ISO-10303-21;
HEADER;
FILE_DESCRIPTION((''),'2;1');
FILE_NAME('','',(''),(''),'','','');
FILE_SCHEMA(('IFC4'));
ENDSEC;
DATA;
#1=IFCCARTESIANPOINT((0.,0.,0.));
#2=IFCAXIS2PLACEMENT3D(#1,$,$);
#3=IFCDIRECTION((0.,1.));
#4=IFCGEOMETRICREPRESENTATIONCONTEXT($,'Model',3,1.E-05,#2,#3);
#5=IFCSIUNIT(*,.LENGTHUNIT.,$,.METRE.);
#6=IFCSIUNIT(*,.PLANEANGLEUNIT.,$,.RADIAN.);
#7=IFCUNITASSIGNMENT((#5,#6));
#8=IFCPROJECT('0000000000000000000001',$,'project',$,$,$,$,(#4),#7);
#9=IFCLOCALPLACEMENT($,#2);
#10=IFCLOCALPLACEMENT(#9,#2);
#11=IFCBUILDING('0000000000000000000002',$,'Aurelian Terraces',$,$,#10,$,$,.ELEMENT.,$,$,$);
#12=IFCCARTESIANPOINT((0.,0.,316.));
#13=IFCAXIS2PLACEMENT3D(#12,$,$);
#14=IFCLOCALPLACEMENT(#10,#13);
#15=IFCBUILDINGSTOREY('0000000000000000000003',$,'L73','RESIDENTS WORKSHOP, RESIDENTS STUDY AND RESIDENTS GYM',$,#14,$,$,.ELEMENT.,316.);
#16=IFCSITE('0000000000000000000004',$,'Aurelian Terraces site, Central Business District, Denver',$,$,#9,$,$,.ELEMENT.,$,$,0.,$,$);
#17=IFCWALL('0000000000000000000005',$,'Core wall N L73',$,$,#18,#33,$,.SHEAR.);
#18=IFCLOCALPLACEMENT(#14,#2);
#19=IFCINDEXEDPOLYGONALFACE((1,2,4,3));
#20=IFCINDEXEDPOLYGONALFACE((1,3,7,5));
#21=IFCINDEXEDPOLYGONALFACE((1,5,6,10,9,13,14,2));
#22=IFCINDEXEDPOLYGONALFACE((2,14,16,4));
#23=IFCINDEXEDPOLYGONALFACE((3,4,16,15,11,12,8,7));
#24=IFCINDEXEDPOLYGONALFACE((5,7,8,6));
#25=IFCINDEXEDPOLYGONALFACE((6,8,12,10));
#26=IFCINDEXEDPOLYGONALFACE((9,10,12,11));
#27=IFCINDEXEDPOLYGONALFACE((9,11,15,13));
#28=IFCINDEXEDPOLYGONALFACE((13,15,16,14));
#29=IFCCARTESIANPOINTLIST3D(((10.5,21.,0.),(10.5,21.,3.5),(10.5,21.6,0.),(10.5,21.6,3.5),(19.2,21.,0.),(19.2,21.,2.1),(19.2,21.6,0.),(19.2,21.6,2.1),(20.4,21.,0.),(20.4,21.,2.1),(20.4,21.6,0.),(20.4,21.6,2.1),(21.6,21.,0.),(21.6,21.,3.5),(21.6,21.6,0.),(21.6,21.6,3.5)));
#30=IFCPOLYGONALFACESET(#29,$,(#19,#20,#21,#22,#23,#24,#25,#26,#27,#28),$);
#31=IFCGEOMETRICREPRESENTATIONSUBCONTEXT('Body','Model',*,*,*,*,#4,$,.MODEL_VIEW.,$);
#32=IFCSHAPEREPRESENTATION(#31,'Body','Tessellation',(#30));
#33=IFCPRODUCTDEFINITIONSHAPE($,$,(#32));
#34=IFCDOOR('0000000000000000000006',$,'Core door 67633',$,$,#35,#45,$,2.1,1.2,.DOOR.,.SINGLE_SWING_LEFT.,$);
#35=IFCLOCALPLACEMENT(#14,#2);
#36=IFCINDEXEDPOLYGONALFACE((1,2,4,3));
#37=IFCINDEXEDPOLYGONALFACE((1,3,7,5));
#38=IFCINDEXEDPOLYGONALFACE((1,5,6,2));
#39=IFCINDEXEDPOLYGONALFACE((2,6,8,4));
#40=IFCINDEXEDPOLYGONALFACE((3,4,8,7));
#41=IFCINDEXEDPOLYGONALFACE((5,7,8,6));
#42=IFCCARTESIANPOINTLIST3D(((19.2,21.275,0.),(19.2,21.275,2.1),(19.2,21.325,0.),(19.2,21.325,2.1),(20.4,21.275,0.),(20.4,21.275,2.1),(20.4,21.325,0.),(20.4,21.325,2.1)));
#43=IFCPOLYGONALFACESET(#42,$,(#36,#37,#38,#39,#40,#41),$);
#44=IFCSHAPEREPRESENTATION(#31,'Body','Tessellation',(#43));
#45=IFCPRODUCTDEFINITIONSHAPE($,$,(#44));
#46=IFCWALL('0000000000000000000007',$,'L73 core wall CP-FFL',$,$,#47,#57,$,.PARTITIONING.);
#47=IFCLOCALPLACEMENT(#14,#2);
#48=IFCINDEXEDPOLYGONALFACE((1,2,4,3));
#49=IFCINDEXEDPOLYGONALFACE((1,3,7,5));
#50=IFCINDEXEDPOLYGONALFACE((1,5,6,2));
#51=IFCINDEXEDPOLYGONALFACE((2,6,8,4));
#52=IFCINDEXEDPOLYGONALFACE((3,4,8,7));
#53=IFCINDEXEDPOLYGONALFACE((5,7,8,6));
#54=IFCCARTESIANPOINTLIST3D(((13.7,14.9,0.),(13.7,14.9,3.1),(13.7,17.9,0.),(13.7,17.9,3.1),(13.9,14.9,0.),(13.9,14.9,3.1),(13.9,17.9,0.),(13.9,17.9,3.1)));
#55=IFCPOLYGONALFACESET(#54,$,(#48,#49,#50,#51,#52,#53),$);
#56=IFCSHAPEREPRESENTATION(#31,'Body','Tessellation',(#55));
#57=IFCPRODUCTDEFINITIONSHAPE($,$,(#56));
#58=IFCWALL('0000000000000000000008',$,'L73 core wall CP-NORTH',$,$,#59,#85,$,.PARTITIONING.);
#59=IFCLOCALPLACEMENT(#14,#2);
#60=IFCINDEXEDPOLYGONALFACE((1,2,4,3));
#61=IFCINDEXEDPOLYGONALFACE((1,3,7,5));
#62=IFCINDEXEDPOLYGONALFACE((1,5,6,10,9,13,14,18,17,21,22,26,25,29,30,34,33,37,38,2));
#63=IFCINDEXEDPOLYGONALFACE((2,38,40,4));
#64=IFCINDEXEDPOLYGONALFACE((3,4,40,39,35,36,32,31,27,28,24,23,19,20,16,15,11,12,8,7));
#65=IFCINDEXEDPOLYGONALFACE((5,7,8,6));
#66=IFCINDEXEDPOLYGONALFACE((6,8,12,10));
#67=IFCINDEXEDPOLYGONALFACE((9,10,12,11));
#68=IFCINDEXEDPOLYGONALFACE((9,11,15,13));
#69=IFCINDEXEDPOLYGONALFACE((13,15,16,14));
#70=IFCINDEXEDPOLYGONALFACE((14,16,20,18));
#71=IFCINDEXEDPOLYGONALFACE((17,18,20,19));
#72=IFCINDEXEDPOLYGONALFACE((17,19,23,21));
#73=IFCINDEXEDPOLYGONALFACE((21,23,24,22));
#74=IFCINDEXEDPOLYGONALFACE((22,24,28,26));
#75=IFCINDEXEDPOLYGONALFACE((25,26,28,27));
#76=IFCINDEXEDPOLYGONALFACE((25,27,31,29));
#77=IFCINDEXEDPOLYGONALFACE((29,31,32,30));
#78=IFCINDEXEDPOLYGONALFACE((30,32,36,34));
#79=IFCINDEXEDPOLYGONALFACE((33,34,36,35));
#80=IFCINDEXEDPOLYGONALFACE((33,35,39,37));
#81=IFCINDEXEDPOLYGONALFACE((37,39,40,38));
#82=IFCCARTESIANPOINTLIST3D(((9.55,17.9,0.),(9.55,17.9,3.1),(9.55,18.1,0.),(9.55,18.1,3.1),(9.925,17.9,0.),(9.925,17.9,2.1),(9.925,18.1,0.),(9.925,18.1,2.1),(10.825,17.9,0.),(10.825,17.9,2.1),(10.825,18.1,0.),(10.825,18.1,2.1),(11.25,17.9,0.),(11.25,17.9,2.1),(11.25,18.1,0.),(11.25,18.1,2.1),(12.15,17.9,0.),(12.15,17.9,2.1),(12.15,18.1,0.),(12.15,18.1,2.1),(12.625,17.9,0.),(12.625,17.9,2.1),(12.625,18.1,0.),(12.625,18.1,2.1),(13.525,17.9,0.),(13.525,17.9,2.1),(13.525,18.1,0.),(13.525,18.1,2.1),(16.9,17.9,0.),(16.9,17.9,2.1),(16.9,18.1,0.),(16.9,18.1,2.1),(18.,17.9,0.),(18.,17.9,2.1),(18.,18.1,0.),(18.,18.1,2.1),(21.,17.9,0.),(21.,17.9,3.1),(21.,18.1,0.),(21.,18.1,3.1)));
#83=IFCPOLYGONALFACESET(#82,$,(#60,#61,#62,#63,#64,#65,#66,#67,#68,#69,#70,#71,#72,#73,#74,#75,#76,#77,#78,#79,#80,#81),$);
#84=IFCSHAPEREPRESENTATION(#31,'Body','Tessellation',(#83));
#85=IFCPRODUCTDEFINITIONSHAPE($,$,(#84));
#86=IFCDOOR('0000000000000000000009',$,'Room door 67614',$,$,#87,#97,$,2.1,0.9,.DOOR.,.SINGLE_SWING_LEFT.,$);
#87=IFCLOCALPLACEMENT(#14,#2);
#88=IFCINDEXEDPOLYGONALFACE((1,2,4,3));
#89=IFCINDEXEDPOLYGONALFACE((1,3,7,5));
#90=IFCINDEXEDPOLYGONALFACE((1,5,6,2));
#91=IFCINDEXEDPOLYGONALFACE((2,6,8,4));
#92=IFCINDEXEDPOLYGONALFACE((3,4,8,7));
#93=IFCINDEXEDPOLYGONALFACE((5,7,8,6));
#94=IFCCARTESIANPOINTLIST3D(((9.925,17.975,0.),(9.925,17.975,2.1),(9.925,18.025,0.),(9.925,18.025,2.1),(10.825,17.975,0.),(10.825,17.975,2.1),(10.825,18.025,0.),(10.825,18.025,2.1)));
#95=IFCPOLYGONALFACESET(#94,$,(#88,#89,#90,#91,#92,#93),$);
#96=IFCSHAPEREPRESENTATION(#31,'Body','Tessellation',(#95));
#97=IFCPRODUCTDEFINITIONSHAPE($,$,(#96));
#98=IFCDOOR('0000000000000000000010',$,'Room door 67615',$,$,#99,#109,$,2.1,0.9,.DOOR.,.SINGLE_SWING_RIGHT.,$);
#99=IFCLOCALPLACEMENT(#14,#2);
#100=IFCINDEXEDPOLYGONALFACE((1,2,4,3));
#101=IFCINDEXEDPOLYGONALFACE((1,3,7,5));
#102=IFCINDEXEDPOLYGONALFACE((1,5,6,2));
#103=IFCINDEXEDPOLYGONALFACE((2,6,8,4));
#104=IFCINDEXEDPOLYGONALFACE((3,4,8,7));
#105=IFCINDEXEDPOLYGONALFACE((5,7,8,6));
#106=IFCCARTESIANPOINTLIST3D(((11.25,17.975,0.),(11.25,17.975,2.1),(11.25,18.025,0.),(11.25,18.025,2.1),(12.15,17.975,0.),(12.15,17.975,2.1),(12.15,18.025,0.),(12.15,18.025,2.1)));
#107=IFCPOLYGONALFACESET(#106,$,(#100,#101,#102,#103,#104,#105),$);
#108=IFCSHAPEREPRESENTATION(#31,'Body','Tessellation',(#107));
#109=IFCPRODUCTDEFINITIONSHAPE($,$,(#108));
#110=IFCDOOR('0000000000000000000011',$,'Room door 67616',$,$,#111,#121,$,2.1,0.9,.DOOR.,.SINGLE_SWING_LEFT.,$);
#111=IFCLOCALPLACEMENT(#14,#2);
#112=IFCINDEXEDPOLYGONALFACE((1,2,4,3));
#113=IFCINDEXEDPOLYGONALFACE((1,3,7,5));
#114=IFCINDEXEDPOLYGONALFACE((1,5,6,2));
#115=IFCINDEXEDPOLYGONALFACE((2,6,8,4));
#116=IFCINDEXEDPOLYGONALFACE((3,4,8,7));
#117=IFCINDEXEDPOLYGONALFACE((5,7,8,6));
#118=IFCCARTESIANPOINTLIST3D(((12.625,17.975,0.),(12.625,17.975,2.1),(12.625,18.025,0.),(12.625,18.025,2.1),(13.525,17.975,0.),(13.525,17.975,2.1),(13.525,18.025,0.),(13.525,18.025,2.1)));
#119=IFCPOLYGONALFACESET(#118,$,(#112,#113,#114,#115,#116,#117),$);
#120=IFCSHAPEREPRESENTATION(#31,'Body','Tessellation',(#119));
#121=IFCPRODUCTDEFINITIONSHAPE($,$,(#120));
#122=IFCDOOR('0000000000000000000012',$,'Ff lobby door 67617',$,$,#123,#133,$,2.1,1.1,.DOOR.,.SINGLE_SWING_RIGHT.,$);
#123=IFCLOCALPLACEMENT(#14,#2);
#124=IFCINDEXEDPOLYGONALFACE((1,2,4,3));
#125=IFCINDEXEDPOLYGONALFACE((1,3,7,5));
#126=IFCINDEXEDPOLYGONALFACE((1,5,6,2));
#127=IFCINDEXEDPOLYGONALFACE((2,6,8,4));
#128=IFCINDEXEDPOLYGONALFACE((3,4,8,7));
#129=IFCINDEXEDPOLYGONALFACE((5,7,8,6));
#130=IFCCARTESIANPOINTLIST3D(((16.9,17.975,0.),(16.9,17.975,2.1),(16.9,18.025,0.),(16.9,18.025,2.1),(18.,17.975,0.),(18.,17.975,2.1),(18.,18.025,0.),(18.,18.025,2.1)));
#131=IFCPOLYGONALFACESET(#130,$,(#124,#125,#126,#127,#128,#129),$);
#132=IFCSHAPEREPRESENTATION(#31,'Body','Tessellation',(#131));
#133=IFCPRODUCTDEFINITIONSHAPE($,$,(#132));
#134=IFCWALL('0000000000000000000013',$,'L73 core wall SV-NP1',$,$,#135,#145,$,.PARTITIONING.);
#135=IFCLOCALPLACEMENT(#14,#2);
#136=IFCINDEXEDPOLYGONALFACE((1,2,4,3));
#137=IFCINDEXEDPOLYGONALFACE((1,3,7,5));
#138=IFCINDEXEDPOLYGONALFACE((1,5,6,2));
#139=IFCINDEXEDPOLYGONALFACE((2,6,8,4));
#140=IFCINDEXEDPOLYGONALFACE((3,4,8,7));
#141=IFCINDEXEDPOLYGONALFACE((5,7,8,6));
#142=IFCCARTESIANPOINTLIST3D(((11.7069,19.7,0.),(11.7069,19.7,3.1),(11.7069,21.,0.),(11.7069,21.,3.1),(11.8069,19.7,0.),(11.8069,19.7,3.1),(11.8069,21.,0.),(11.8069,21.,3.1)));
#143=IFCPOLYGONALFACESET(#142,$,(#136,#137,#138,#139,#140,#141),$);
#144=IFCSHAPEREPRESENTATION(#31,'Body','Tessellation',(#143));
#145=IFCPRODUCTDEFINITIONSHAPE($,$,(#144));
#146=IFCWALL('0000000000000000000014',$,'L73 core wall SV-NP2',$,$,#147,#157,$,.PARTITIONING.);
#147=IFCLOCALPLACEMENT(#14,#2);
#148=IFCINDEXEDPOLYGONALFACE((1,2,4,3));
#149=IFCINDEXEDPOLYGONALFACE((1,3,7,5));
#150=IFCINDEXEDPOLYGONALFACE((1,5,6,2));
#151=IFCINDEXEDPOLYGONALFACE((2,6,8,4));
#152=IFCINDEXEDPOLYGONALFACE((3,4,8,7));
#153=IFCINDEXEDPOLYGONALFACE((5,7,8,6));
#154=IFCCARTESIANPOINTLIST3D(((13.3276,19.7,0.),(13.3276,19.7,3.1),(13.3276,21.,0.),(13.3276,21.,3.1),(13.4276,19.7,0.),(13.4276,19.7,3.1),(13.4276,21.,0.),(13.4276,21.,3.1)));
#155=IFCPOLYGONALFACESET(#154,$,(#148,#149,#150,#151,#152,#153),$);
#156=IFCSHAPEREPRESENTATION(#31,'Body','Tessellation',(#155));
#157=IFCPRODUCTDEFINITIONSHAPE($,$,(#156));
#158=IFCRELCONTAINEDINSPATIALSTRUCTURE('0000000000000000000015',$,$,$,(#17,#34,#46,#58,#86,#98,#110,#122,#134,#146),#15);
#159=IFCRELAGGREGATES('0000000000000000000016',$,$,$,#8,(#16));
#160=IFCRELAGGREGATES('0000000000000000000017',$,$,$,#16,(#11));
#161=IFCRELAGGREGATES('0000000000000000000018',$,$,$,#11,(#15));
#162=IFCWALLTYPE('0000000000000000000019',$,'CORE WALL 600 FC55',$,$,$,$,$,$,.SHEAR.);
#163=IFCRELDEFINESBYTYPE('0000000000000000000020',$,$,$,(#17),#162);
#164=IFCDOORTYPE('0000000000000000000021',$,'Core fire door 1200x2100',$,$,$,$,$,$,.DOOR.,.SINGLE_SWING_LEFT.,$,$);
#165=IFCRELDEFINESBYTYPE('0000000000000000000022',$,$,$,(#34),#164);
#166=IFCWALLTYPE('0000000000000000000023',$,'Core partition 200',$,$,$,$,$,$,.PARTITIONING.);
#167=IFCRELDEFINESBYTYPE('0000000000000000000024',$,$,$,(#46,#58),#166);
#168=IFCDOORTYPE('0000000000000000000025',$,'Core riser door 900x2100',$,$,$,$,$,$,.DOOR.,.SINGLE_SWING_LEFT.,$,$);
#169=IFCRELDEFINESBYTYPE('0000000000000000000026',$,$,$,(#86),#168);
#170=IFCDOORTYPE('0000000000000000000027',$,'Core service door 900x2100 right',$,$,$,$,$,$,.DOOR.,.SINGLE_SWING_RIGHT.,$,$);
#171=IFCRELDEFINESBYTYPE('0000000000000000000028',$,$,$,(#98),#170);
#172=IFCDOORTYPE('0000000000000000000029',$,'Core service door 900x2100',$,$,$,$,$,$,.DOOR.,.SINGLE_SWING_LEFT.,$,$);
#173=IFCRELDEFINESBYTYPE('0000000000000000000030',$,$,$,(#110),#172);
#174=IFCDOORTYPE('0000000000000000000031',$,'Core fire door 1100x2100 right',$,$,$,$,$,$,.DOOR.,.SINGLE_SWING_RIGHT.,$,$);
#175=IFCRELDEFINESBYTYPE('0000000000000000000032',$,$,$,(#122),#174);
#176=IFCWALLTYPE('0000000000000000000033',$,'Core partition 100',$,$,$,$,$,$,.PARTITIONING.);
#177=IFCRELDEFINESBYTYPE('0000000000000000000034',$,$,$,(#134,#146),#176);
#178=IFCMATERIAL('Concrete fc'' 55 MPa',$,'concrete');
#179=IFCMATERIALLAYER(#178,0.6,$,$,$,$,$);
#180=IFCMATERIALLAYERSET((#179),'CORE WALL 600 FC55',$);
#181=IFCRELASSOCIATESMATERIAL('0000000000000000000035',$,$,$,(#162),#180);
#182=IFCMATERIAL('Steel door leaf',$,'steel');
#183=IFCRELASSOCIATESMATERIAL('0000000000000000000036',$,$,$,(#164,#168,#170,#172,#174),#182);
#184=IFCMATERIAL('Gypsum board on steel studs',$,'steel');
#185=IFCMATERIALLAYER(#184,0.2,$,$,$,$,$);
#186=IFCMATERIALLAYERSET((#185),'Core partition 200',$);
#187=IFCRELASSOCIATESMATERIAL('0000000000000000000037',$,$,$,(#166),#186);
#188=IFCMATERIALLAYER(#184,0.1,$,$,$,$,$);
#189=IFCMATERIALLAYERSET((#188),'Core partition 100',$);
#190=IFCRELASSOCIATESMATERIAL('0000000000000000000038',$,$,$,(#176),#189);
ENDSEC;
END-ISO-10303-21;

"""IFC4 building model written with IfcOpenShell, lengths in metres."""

from ifc_helpers import new_model, si_unit, direction, frame, frame_2d, origin, place, context, subcontext, project, spatial, rectangle, extrude, source, transform, mapped, material, layer, layer_set, type_object, element, fill, save


model = new_model("IFC4")

# Units and contexts
model_context = context("Model", 3, precision=1e-05, world=origin(), true_north=direction((0.0, 1.0)))
body_context = subcontext(model_context, "Body", "Model", "MODEL_VIEW")
ifc_project = project(units=[si_unit("LENGTHUNIT", "METRE"), si_unit("PLANEANGLEUNIT", "RADIAN")], contexts=[model_context])

# Site, building, storey
site_placement = place(None, origin())
site = spatial("IfcSite", under=ifc_project, at=site_placement, Name="Aurelian Terraces site, Central Business District, Denver", CompositionType="ELEMENT", RefElevation=0.0)
building_placement = place(site_placement, origin())
building = spatial("IfcBuilding", under=site, at=building_placement, Name="Aurelian Terraces", CompositionType="ELEMENT")
storey_placement = place(building_placement, frame((0.0, 0.0, 316.0)))
storey = spatial("IfcBuildingStorey", under=building, at=storey_placement, Name="L73", Description="RESIDENTS WORKSHOP, RESIDENTS STUDY AND RESIDENTS GYM", CompositionType="ELEMENT", Elevation=316.0)

# Wall, opening, door
ifc_material_1 = material(Name="Concrete fc' 55 MPa", Category="concrete")
ifc_layer_1 = layer(ifc_material_1, 0.6)
ifc_layer_set_1 = layer_set([ifc_layer_1], Name="CORE WALL 600 FC55")
wall_type_1 = type_object("IfcWallType", Name="CORE WALL 600 FC55", PredefinedType="SHEAR", material=ifc_layer_set_1)
shared_shape_1 = source(origin(), body_context, "Body", "SweptSolid", [
    extrude(rectangle(XDim=11.1, YDim=0.6, at=frame_2d((5.55, 0.0))), origin(), (0.0, 0.0, 1.0), 3.5),
])
wall_1_placement = place(storey_placement, frame((10.5, 21.3, 0.0), z_axis=(0.0, 0.0, 1.0), x_axis=(1.0, 0.0, 0.0)))
wall_1 = element("IfcWall", 1, at=wall_1_placement, inside=storey, type_object=wall_type_1, Name="Core wall N L73", PredefinedType="SHEAR", context=body_context, shape_type="MappedRepresentation", body=[
    mapped(shared_shape_1, transform((0.0, 0.0, 0.0), scale=1.0)),
])
shared_shape_2 = source(origin(), body_context, "Body", "SweptSolid", [
    extrude(rectangle(XDim=1.2, YDim=2.1, at=frame_2d((0.6, 1.05))), frame((0.0, 0.31, 0.0), z_axis=(0.0, -1.0, 0.0), x_axis=(1.0, 0.0, 0.0)), (0.0, 0.0, 1.0), 0.62),
])
opening_1_placement = place(wall_1_placement, frame((8.7, 0.0, 0.0)))
opening_1 = element("IfcOpeningElement", 2, at=opening_1_placement, cuts=wall_1, PredefinedType="OPENING", context=body_context, shape_type="MappedRepresentation", body=[
    mapped(shared_shape_2, transform((0.0, 0.0, 0.0), scale=1.0)),
])
ifc_material_2 = material(Name="Steel door leaf", Category="steel")
door_type_1 = type_object("IfcDoorType", Name="Core fire door 1200x2100", OperationType="SINGLE_SWING_LEFT", PredefinedType="DOOR", material=ifc_material_2)
shared_shape_3 = source(origin(), body_context, "Body", "SweptSolid", [
    extrude(rectangle(XDim=1.2, YDim=2.1, at=frame_2d((0.6, 1.05))), frame((0.0, 0.025, 0.0), z_axis=(0.0, -1.0, 0.0), x_axis=(1.0, 0.0, 0.0)), (0.0, 0.0, 1.0), 0.05),
])
door_1_placement = place(opening_1_placement, origin())
door_1 = element("IfcDoor", 3, at=door_1_placement, inside=storey, type_object=door_type_1, Name="Core door 67633", OperationType="SINGLE_SWING_LEFT", OverallHeight=2.1, OverallWidth=1.2, PredefinedType="DOOR", context=body_context, shape_type="MappedRepresentation", body=[
    mapped(shared_shape_3, transform((0.0, 0.0, 0.0), scale=1.0)),
])
fill(opening_1, door_1)

# Wall
ifc_material_3 = material(Name="Gypsum board on steel studs", Category="steel")
ifc_layer_2 = layer(ifc_material_3, 0.2)
ifc_layer_set_2 = layer_set([ifc_layer_2], Name="Core partition 200")
wall_type_2 = type_object("IfcWallType", Name="Core partition 200", PredefinedType="PARTITIONING", material=ifc_layer_set_2)
shared_shape_4 = source(origin(), body_context, "Body", "SweptSolid", [
    extrude(rectangle(XDim=3.0, YDim=0.2, at=frame_2d((1.5, 0.0))), origin(), (0.0, 0.0, 1.0), 3.1),
])
wall_2_placement = place(storey_placement, frame((13.8, 14.9, 0.0), z_axis=(0.0, 0.0, 1.0), x_axis=(0.0, 1.0, 0.0)))
element("IfcWall", 4, at=wall_2_placement, inside=storey, type_object=wall_type_2, Name="L73 core wall CP-FFL", PredefinedType="PARTITIONING", context=body_context, shape_type="MappedRepresentation", body=[
    mapped(shared_shape_4, transform((0.0, 0.0, 0.0), scale=1.0)),
])

# Wall, openings, doors
shared_shape_5 = source(origin(), body_context, "Body", "SweptSolid", [
    extrude(rectangle(XDim=11.45, YDim=0.2, at=frame_2d((5.725, 0.0))), origin(), (0.0, 0.0, 1.0), 3.1),
])
wall_3_placement = place(storey_placement, frame((9.55, 18.0, 0.0), z_axis=(0.0, 0.0, 1.0), x_axis=(1.0, 0.0, 0.0)))
wall_3 = element("IfcWall", 5, at=wall_3_placement, inside=storey, type_object=wall_type_2, Name="L73 core wall CP-NORTH", PredefinedType="PARTITIONING", context=body_context, shape_type="MappedRepresentation", body=[
    mapped(shared_shape_5, transform((0.0, 0.0, 0.0), scale=1.0)),
])
shared_shape_6 = source(origin(), body_context, "Body", "SweptSolid", [
    extrude(rectangle(XDim=0.9, YDim=2.1, at=frame_2d((0.45, 1.05))), frame((0.0, 0.11, 0.0), z_axis=(0.0, -1.0, 0.0), x_axis=(1.0, 0.0, 0.0)), (0.0, 0.0, 1.0), 0.22),
])
opening_2_placement = place(wall_3_placement, frame((0.375, 0.0, 0.0)))
opening_2 = element("IfcOpeningElement", 6, at=opening_2_placement, cuts=wall_3, PredefinedType="OPENING", context=body_context, shape_type="MappedRepresentation", body=[
    mapped(shared_shape_6, transform((0.0, 0.0, 0.0), scale=1.0)),
])
opening_3_placement = place(wall_3_placement, frame((1.7, 0.0, 0.0)))
opening_3 = element("IfcOpeningElement", 7, at=opening_3_placement, cuts=wall_3, PredefinedType="OPENING", context=body_context, shape_type="MappedRepresentation", body=[
    mapped(shared_shape_6, transform((0.0, 0.0, 0.0), scale=1.0)),
])
opening_4_placement = place(wall_3_placement, frame((3.075, 0.0, 0.0)))
opening_4 = element("IfcOpeningElement", 8, at=opening_4_placement, cuts=wall_3, PredefinedType="OPENING", context=body_context, shape_type="MappedRepresentation", body=[
    mapped(shared_shape_6, transform((0.0, 0.0, 0.0), scale=1.0)),
])
shared_shape_7 = source(origin(), body_context, "Body", "SweptSolid", [
    extrude(rectangle(XDim=1.1, YDim=2.1, at=frame_2d((0.55, 1.05))), frame((0.0, 0.11, 0.0), z_axis=(0.0, -1.0, 0.0), x_axis=(1.0, 0.0, 0.0)), (0.0, 0.0, 1.0), 0.22),
])
opening_5_placement = place(wall_3_placement, frame((7.35, 0.0, 0.0)))
opening_5 = element("IfcOpeningElement", 9, at=opening_5_placement, cuts=wall_3, PredefinedType="OPENING", context=body_context, shape_type="MappedRepresentation", body=[
    mapped(shared_shape_7, transform((0.0, 0.0, 0.0), scale=1.0)),
])
door_type_2 = type_object("IfcDoorType", Name="Core riser door 900x2100", OperationType="SINGLE_SWING_LEFT", PredefinedType="DOOR", material=ifc_material_2)
shared_shape_8 = source(origin(), body_context, "Body", "SweptSolid", [
    extrude(rectangle(XDim=0.9, YDim=2.1, at=frame_2d((0.45, 1.05))), frame((0.0, 0.025, 0.0), z_axis=(0.0, -1.0, 0.0), x_axis=(1.0, 0.0, 0.0)), (0.0, 0.0, 1.0), 0.05),
])
door_2_placement = place(opening_2_placement, origin())
door_2 = element("IfcDoor", 10, at=door_2_placement, inside=storey, type_object=door_type_2, Name="Room door 67614", OperationType="SINGLE_SWING_LEFT", OverallHeight=2.1, OverallWidth=0.9, PredefinedType="DOOR", context=body_context, shape_type="MappedRepresentation", body=[
    mapped(shared_shape_8, transform((0.0, 0.0, 0.0), scale=1.0)),
])
fill(opening_2, door_2)
door_type_3 = type_object("IfcDoorType", Name="Core service door 900x2100 right", OperationType="SINGLE_SWING_RIGHT", PredefinedType="DOOR", material=ifc_material_2)
door_3_placement = place(opening_3_placement, origin())
door_3 = element("IfcDoor", 11, at=door_3_placement, inside=storey, type_object=door_type_3, Name="Room door 67615", OperationType="SINGLE_SWING_RIGHT", OverallHeight=2.1, OverallWidth=0.9, PredefinedType="DOOR", context=body_context, shape_type="MappedRepresentation", body=[
    mapped(shared_shape_8, transform((0.0, 0.0, 0.0), scale=1.0)),
])
fill(opening_3, door_3)
door_type_4 = type_object("IfcDoorType", Name="Core service door 900x2100", OperationType="SINGLE_SWING_LEFT", PredefinedType="DOOR", material=ifc_material_2)
door_4_placement = place(opening_4_placement, origin())
door_4 = element("IfcDoor", 12, at=door_4_placement, inside=storey, type_object=door_type_4, Name="Room door 67616", OperationType="SINGLE_SWING_LEFT", OverallHeight=2.1, OverallWidth=0.9, PredefinedType="DOOR", context=body_context, shape_type="MappedRepresentation", body=[
    mapped(shared_shape_8, transform((0.0, 0.0, 0.0), scale=1.0)),
])
fill(opening_4, door_4)
door_type_5 = type_object("IfcDoorType", Name="Core fire door 1100x2100 right", OperationType="SINGLE_SWING_RIGHT", PredefinedType="DOOR", material=ifc_material_2)
shared_shape_9 = source(origin(), body_context, "Body", "SweptSolid", [
    extrude(rectangle(XDim=1.1, YDim=2.1, at=frame_2d((0.55, 1.05))), frame((0.0, 0.025, 0.0), z_axis=(0.0, -1.0, 0.0), x_axis=(1.0, 0.0, 0.0)), (0.0, 0.0, 1.0), 0.05),
])
door_5_placement = place(opening_5_placement, origin())
door_5 = element("IfcDoor", 13, at=door_5_placement, inside=storey, type_object=door_type_5, Name="Ff lobby door 67617", OperationType="SINGLE_SWING_RIGHT", OverallHeight=2.1, OverallWidth=1.1, PredefinedType="DOOR", context=body_context, shape_type="MappedRepresentation", body=[
    mapped(shared_shape_9, transform((0.0, 0.0, 0.0), scale=1.0)),
])
fill(opening_5, door_5)

# Walls
ifc_layer_3 = layer(ifc_material_3, 0.1)
ifc_layer_set_3 = layer_set([ifc_layer_3], Name="Core partition 100")
wall_type_3 = type_object("IfcWallType", Name="Core partition 100", PredefinedType="PARTITIONING", material=ifc_layer_set_3)
shared_shape_10 = source(origin(), body_context, "Body", "SweptSolid", [
    extrude(rectangle(XDim=1.3, YDim=0.1, at=frame_2d((0.65, 0.0))), origin(), (0.0, 0.0, 1.0), 3.1),
])
for number, where, z_axis, x_axis, name in (
    (14, (11.7569, 19.7, 0.0), (0.0, 0.0, 1.0), (0.0, 1.0, 0.0), "L73 core wall SV-NP1"),
    (15, (13.3776, 19.7, 0.0), (0.0, 0.0, 1.0), (0.0, 1.0, 0.0), "L73 core wall SV-NP2"),
):
    element("IfcWall", number, at=place(storey_placement, frame(where, z_axis=z_axis, x_axis=x_axis)), inside=storey, type_object=wall_type_3, Name=name, PredefinedType="PARTITIONING", context=body_context, shape_type="MappedRepresentation", body=[
        mapped(shared_shape_10, transform((0.0, 0.0, 0.0), scale=1.0)),
    ])

save(model, "model.ifc")
